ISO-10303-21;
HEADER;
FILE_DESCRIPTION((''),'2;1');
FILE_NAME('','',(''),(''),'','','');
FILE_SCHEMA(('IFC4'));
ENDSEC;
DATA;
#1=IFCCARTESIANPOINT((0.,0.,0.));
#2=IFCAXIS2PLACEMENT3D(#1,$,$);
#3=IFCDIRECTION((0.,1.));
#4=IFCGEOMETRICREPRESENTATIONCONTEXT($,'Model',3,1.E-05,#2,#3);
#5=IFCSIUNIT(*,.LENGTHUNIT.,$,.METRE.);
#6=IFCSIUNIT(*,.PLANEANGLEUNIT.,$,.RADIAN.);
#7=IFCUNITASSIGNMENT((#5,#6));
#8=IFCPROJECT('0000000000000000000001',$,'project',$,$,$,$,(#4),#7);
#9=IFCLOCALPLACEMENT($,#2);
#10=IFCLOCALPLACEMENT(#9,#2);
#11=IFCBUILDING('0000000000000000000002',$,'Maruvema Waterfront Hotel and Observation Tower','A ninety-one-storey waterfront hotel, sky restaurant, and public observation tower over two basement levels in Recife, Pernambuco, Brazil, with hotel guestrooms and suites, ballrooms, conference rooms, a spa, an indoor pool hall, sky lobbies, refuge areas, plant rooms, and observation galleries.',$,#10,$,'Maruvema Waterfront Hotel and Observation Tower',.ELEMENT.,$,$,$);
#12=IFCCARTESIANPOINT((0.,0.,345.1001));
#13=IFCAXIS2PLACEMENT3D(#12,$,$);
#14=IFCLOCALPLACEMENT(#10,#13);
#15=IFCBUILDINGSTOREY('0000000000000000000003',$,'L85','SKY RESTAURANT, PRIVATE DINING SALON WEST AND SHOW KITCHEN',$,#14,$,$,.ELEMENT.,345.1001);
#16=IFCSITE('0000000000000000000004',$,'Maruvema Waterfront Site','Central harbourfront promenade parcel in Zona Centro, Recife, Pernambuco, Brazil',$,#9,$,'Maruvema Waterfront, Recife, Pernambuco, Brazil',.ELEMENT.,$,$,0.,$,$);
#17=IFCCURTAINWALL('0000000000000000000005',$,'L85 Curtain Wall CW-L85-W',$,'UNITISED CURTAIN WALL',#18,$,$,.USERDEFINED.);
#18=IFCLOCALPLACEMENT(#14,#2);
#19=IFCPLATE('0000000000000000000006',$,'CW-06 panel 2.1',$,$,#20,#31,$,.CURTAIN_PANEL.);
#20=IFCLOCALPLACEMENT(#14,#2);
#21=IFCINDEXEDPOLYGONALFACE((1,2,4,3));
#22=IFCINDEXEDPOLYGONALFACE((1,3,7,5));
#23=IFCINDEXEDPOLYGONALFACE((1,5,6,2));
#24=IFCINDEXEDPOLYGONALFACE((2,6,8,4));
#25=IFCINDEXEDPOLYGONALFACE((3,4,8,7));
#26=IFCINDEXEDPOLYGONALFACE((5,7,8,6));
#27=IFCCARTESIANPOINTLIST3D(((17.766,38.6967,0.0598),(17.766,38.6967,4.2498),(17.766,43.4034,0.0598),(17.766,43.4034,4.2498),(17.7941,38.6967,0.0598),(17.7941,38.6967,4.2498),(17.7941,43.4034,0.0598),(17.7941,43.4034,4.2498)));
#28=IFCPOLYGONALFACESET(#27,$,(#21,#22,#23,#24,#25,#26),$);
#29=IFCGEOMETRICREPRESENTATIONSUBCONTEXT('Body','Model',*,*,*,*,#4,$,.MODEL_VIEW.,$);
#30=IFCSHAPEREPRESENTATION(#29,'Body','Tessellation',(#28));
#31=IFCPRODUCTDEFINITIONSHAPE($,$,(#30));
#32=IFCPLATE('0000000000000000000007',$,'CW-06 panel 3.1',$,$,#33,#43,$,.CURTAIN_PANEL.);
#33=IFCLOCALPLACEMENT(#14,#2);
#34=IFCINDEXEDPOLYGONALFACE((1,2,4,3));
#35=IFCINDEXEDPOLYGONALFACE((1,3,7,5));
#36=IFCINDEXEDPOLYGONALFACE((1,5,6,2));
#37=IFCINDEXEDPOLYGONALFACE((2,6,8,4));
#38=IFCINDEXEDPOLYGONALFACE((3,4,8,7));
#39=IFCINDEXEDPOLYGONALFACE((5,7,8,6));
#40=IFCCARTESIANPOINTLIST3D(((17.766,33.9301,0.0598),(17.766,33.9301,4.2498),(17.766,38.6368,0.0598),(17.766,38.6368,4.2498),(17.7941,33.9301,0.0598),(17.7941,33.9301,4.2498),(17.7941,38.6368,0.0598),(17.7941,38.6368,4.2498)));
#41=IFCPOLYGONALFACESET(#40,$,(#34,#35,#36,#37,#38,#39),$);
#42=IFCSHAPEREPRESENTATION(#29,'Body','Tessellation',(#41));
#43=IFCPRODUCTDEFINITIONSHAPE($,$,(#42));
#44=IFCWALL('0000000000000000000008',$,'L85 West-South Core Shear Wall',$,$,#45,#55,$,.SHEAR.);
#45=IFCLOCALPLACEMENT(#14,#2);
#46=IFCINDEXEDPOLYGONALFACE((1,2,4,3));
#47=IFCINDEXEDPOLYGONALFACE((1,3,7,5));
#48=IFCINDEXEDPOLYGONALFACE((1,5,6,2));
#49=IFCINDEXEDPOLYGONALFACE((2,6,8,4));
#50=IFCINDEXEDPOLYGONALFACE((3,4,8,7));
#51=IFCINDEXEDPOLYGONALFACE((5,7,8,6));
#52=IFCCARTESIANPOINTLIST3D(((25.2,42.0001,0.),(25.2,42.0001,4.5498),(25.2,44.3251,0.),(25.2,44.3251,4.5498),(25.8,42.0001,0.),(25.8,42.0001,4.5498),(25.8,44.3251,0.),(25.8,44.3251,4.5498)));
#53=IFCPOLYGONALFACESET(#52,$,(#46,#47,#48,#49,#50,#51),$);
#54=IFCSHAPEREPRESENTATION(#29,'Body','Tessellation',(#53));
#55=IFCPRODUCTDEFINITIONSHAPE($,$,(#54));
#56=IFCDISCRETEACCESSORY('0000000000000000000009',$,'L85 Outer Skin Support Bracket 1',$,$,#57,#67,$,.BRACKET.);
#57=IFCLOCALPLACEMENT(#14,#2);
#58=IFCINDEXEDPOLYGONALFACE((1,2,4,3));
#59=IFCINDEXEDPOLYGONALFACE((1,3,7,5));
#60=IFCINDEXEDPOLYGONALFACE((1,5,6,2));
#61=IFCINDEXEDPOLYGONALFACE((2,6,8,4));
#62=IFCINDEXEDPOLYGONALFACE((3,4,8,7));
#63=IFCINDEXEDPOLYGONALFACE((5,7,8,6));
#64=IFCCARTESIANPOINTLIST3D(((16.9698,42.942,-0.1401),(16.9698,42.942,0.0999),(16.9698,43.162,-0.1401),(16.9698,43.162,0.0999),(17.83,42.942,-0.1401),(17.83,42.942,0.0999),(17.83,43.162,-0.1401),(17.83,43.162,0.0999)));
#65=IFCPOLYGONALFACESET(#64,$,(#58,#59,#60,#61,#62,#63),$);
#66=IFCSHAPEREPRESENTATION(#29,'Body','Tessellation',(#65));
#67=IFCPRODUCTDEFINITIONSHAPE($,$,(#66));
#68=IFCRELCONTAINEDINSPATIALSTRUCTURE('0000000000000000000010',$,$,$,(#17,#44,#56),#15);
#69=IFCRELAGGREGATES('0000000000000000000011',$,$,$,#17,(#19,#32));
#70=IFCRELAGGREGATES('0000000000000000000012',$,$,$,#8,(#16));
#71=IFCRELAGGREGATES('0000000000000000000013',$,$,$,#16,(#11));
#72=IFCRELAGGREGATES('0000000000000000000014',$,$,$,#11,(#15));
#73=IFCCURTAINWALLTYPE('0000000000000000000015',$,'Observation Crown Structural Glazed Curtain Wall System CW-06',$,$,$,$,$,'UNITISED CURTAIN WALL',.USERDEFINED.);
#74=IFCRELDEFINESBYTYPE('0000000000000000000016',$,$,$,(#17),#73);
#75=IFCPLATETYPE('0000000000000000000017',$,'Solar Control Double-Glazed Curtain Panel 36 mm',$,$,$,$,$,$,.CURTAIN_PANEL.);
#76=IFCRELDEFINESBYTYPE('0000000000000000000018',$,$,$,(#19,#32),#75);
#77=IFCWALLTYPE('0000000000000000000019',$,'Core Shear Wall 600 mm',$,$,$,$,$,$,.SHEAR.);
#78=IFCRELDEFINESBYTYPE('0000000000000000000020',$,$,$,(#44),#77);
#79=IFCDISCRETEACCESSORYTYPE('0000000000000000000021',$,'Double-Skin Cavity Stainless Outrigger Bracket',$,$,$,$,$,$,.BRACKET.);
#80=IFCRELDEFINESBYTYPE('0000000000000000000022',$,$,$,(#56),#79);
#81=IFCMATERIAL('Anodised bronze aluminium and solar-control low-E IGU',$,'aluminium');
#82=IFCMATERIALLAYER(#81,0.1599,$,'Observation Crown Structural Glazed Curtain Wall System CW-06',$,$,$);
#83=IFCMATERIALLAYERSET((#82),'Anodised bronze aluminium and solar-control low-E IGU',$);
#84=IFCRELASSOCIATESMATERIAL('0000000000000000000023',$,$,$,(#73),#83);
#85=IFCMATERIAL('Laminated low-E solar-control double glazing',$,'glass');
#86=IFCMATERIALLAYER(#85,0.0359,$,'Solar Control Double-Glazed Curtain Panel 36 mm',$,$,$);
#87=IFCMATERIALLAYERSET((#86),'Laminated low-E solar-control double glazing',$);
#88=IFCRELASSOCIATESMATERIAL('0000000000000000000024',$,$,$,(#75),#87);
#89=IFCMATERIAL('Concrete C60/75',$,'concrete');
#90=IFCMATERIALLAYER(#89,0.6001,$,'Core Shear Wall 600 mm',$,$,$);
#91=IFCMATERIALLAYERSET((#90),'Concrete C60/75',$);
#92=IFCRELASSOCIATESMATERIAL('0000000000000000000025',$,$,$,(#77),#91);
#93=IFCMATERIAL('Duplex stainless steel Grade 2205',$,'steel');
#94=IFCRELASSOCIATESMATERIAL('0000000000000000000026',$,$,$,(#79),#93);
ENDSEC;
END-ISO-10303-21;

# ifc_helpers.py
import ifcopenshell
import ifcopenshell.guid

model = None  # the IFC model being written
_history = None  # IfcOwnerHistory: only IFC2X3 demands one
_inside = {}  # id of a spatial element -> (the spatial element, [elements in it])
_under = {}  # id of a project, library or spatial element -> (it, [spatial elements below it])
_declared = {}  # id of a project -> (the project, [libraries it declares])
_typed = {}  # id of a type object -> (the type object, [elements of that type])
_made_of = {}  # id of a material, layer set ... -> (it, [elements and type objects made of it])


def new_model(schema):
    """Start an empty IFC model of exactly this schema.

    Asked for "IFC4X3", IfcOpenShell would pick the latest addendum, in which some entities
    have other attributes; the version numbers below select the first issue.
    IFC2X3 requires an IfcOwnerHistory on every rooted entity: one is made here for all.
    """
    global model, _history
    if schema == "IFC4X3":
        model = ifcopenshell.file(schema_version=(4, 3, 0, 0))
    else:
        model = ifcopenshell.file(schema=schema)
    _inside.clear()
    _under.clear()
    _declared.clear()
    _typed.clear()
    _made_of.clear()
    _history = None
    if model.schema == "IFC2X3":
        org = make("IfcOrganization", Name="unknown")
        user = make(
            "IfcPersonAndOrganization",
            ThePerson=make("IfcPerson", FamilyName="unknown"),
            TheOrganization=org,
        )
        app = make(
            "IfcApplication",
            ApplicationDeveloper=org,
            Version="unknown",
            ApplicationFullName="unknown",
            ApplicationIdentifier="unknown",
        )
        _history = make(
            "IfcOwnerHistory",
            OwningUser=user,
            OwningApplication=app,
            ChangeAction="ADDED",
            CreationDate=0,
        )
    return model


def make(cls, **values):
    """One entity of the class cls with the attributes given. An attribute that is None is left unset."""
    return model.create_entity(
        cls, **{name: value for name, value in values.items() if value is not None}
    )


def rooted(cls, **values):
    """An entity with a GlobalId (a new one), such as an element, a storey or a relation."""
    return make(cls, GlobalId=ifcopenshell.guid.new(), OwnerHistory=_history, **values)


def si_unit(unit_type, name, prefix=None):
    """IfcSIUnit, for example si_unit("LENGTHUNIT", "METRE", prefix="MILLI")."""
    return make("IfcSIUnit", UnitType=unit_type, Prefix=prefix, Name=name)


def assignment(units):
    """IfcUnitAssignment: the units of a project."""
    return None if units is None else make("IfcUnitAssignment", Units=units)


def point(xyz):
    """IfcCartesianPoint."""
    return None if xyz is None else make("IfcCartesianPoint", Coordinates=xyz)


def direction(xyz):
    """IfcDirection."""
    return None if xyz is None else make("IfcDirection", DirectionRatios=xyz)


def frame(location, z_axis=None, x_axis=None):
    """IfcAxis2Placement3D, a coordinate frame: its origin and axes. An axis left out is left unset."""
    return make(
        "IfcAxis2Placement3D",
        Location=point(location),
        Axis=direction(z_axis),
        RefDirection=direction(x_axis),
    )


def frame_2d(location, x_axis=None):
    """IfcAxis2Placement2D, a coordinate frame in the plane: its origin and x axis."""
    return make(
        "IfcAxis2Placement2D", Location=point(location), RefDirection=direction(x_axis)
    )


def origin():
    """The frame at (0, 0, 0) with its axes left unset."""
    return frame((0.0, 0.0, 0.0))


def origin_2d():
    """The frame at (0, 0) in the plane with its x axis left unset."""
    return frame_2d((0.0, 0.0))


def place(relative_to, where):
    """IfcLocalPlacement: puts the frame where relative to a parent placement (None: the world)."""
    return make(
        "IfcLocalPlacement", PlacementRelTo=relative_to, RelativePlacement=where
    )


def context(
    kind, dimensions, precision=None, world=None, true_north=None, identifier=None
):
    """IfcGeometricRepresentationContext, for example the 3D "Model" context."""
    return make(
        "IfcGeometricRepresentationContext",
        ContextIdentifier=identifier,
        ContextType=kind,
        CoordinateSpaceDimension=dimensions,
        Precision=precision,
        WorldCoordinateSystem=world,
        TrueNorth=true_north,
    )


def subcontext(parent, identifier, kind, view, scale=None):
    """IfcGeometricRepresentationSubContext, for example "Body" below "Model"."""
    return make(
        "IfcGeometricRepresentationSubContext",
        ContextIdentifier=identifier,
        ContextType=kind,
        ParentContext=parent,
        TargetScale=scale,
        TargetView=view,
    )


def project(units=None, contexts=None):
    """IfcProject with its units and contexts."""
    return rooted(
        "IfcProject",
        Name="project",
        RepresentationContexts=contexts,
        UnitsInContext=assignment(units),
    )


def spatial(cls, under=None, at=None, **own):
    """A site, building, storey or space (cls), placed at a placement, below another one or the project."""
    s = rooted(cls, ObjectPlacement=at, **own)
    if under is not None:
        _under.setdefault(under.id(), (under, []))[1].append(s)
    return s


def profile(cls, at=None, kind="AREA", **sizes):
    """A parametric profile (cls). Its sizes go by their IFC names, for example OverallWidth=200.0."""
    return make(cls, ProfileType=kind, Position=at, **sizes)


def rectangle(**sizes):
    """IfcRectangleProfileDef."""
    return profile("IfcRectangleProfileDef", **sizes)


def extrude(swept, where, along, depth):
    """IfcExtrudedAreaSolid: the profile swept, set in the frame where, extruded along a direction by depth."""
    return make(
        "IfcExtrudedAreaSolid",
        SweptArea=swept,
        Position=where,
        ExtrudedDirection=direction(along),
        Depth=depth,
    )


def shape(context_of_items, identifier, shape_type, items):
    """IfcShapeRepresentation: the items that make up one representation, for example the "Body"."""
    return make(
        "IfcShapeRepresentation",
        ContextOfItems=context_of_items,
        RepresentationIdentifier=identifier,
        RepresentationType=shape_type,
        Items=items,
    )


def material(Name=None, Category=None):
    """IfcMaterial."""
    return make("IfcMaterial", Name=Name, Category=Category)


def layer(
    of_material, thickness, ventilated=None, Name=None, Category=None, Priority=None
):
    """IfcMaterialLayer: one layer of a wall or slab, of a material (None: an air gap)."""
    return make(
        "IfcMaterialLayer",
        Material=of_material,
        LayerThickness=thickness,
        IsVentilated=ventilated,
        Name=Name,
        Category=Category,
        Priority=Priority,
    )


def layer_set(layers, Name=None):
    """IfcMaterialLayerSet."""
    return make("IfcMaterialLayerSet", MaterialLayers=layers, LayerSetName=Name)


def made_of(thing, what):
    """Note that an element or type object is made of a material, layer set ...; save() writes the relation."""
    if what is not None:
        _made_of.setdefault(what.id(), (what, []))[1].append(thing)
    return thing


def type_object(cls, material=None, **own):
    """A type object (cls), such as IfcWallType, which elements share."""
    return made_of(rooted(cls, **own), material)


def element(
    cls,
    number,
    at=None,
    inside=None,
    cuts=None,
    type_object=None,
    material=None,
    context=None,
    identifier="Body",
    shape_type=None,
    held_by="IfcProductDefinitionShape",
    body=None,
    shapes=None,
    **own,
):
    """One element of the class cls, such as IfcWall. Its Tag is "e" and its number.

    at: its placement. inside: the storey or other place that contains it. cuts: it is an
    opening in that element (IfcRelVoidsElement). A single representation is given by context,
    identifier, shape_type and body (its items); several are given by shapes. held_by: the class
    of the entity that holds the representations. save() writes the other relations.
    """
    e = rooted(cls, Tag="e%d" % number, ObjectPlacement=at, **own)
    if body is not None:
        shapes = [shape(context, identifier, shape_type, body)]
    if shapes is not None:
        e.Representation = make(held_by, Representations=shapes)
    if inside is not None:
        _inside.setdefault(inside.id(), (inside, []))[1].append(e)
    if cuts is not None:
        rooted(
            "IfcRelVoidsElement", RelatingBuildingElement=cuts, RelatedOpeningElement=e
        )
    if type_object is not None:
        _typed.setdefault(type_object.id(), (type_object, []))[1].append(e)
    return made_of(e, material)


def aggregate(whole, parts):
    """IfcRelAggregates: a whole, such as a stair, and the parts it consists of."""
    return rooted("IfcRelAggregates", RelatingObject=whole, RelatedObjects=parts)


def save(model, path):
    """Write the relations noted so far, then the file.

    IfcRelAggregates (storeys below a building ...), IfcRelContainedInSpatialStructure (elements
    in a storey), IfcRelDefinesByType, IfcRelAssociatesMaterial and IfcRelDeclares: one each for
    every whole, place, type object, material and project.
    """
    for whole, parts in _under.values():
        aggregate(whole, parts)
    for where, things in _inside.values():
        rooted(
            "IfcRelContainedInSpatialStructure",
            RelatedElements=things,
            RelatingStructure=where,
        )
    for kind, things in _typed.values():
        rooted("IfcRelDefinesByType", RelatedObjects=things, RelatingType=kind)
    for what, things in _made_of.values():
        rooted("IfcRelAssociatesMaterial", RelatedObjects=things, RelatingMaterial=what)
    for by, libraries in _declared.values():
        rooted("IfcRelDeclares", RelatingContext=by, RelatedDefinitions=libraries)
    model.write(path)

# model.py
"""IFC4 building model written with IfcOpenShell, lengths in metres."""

from ifc_helpers import new_model, si_unit, direction, frame, frame_2d, origin, origin_2d, place, context, subcontext, project, spatial, rectangle, extrude, material, layer, layer_set, type_object, element, aggregate, save


model = new_model("IFC4")

# Units and contexts
model_context = context("Model", 3, precision=1e-05, world=origin(), true_north=direction((0.0, 1.0)))
body_context = subcontext(model_context, "Body", "Model", "MODEL_VIEW")
ifc_project = project(units=[si_unit("LENGTHUNIT", "METRE"), si_unit("PLANEANGLEUNIT", "RADIAN")], contexts=[model_context])

# Site, building, storey
site_placement = place(None, origin())
site = spatial("IfcSite", under=ifc_project, at=site_placement, Name="Maruvema Waterfront Site", Description="Central harbourfront promenade parcel in Zona Centro, Recife, Pernambuco, Brazil", LongName="Maruvema Waterfront, Recife, Pernambuco, Brazil", CompositionType="ELEMENT", RefElevation=0.0)
building_placement = place(site_placement, origin())
building = spatial("IfcBuilding", under=site, at=building_placement, Name="Maruvema Waterfront Hotel and Observation Tower", Description="A ninety-one-storey waterfront hotel, sky restaurant, and public observation tower over two basement levels in Recife, Pernambuco, Brazil, with hotel guestrooms and suites, ballrooms, conference rooms, a spa, an indoor pool hall, sky lobbies, refuge areas, plant rooms, and observation galleries.", LongName="Maruvema Waterfront Hotel and Observation Tower", CompositionType="ELEMENT")
storey_placement = place(building_placement, frame((0.0, 0.0, 345.1001)))
storey = spatial("IfcBuildingStorey", under=building, at=storey_placement, Name="L85", Description="SKY RESTAURANT, PRIVATE DINING SALON WEST AND SHOW KITCHEN", CompositionType="ELEMENT", Elevation=345.1001)

# Curtain wall
ifc_material_1 = material(Name="Anodised bronze aluminium and solar-control low-E IGU", Category="aluminium")
ifc_layer_1 = layer(ifc_material_1, 0.1599, Name="Observation Crown Structural Glazed Curtain Wall System CW-06")
ifc_layer_set_1 = layer_set([ifc_layer_1], Name="Anodised bronze aluminium and solar-control low-E IGU")
curtain_wall_type = type_object("IfcCurtainWallType", Name="Observation Crown Structural Glazed Curtain Wall System CW-06", ElementType="UNITISED CURTAIN WALL", PredefinedType="USERDEFINED", material=ifc_layer_set_1)
curtain_wall_placement = place(storey_placement, origin())
curtain_wall = element("IfcCurtainWall", 1, at=curtain_wall_placement, inside=storey, type_object=curtain_wall_type, Name="L85 Curtain Wall CW-L85-W", ObjectType="UNITISED CURTAIN WALL", PredefinedType="USERDEFINED")

# Plates
ifc_material_2 = material(Name="Laminated low-E solar-control double glazing", Category="glass")
ifc_layer_2 = layer(ifc_material_2, 0.0359, Name="Solar Control Double-Glazed Curtain Panel 36 mm")
ifc_layer_set_2 = layer_set([ifc_layer_2], Name="Laminated low-E solar-control double glazing")
plate_type = type_object("IfcPlateType", Name="Solar Control Double-Glazed Curtain Panel 36 mm", PredefinedType="CURTAIN_PANEL", material=ifc_layer_set_2)
plate_1_placement = place(storey_placement, frame((17.78, 41.05, 0.0598), z_axis=(0.0, 0.0, 1.0), x_axis=(0.0, -1.0, 0.0)))
plate_1 = element("IfcPlate", 2, at=plate_1_placement, type_object=plate_type, Name="CW-06 panel 2.1", PredefinedType="CURTAIN_PANEL", context=body_context, shape_type="SweptSolid", body=[
    extrude(rectangle(XDim=4.7068, YDim=0.0281, at=origin_2d()), origin(), (0.0, 0.0, 1.0), 4.1899),
])
plate_2_placement = place(storey_placement, frame((17.78, 36.2834, 0.0598), z_axis=(0.0, 0.0, 1.0), x_axis=(0.0, -1.0, 0.0)))
plate_2 = element("IfcPlate", 3, at=plate_2_placement, type_object=plate_type, Name="CW-06 panel 3.1", PredefinedType="CURTAIN_PANEL", context=body_context, shape_type="SweptSolid", body=[
    extrude(rectangle(XDim=4.7068, YDim=0.0281, at=origin_2d()), origin(), (0.0, 0.0, 1.0), 4.1899),
])
aggregate(curtain_wall, [plate_1, plate_2])

# Shared definitions
ifc_material_3 = material(Name="Concrete C60/75", Category="concrete")
ifc_layer_3 = layer(ifc_material_3, 0.6001, Name="Core Shear Wall 600 mm")
ifc_layer_set_3 = layer_set([ifc_layer_3], Name="Concrete C60/75")
wall_type = type_object("IfcWallType", Name="Core Shear Wall 600 mm", PredefinedType="SHEAR", material=ifc_layer_set_3)

# Wall
wall_1_placement = place(storey_placement, frame((25.5, 42.0, 0.0), z_axis=(0.0, 0.0, 1.0), x_axis=(0.0, 1.0, 0.0)))
element("IfcWall", 4, at=wall_1_placement, inside=storey, type_object=wall_type, Name="L85 West-South Core Shear Wall", PredefinedType="SHEAR", context=body_context, shape_type="SweptSolid", body=[
    extrude(rectangle(XDim=2.325, YDim=0.6001, at=frame_2d((1.1626, 0.0))), origin(), (0.0, 0.0, 1.0), 4.5498),
])

# Discrete accessory
ifc_material_4 = material(Name="Duplex stainless steel Grade 2205", Category="steel")
discrete_accessory_type = type_object("IfcDiscreteAccessoryType", Name="Double-Skin Cavity Stainless Outrigger Bracket", PredefinedType="BRACKET", material=ifc_material_4)
discrete_accessory_placement = place(storey_placement, frame((17.3999, 43.052, -0.1401), z_axis=(0.0, 0.0, 1.0), x_axis=(0.0, -1.0, 0.0)))
element("IfcDiscreteAccessory", 5, at=discrete_accessory_placement, inside=storey, type_object=discrete_accessory_type, Name="L85 Outer Skin Support Bracket 1", PredefinedType="BRACKET", context=body_context, shape_type="SweptSolid", body=[
    extrude(rectangle(XDim=0.22, YDim=0.8601, at=origin_2d()), origin(), (0.0, 0.0, 1.0), 0.24),
])

save(model, "model.ifc")
